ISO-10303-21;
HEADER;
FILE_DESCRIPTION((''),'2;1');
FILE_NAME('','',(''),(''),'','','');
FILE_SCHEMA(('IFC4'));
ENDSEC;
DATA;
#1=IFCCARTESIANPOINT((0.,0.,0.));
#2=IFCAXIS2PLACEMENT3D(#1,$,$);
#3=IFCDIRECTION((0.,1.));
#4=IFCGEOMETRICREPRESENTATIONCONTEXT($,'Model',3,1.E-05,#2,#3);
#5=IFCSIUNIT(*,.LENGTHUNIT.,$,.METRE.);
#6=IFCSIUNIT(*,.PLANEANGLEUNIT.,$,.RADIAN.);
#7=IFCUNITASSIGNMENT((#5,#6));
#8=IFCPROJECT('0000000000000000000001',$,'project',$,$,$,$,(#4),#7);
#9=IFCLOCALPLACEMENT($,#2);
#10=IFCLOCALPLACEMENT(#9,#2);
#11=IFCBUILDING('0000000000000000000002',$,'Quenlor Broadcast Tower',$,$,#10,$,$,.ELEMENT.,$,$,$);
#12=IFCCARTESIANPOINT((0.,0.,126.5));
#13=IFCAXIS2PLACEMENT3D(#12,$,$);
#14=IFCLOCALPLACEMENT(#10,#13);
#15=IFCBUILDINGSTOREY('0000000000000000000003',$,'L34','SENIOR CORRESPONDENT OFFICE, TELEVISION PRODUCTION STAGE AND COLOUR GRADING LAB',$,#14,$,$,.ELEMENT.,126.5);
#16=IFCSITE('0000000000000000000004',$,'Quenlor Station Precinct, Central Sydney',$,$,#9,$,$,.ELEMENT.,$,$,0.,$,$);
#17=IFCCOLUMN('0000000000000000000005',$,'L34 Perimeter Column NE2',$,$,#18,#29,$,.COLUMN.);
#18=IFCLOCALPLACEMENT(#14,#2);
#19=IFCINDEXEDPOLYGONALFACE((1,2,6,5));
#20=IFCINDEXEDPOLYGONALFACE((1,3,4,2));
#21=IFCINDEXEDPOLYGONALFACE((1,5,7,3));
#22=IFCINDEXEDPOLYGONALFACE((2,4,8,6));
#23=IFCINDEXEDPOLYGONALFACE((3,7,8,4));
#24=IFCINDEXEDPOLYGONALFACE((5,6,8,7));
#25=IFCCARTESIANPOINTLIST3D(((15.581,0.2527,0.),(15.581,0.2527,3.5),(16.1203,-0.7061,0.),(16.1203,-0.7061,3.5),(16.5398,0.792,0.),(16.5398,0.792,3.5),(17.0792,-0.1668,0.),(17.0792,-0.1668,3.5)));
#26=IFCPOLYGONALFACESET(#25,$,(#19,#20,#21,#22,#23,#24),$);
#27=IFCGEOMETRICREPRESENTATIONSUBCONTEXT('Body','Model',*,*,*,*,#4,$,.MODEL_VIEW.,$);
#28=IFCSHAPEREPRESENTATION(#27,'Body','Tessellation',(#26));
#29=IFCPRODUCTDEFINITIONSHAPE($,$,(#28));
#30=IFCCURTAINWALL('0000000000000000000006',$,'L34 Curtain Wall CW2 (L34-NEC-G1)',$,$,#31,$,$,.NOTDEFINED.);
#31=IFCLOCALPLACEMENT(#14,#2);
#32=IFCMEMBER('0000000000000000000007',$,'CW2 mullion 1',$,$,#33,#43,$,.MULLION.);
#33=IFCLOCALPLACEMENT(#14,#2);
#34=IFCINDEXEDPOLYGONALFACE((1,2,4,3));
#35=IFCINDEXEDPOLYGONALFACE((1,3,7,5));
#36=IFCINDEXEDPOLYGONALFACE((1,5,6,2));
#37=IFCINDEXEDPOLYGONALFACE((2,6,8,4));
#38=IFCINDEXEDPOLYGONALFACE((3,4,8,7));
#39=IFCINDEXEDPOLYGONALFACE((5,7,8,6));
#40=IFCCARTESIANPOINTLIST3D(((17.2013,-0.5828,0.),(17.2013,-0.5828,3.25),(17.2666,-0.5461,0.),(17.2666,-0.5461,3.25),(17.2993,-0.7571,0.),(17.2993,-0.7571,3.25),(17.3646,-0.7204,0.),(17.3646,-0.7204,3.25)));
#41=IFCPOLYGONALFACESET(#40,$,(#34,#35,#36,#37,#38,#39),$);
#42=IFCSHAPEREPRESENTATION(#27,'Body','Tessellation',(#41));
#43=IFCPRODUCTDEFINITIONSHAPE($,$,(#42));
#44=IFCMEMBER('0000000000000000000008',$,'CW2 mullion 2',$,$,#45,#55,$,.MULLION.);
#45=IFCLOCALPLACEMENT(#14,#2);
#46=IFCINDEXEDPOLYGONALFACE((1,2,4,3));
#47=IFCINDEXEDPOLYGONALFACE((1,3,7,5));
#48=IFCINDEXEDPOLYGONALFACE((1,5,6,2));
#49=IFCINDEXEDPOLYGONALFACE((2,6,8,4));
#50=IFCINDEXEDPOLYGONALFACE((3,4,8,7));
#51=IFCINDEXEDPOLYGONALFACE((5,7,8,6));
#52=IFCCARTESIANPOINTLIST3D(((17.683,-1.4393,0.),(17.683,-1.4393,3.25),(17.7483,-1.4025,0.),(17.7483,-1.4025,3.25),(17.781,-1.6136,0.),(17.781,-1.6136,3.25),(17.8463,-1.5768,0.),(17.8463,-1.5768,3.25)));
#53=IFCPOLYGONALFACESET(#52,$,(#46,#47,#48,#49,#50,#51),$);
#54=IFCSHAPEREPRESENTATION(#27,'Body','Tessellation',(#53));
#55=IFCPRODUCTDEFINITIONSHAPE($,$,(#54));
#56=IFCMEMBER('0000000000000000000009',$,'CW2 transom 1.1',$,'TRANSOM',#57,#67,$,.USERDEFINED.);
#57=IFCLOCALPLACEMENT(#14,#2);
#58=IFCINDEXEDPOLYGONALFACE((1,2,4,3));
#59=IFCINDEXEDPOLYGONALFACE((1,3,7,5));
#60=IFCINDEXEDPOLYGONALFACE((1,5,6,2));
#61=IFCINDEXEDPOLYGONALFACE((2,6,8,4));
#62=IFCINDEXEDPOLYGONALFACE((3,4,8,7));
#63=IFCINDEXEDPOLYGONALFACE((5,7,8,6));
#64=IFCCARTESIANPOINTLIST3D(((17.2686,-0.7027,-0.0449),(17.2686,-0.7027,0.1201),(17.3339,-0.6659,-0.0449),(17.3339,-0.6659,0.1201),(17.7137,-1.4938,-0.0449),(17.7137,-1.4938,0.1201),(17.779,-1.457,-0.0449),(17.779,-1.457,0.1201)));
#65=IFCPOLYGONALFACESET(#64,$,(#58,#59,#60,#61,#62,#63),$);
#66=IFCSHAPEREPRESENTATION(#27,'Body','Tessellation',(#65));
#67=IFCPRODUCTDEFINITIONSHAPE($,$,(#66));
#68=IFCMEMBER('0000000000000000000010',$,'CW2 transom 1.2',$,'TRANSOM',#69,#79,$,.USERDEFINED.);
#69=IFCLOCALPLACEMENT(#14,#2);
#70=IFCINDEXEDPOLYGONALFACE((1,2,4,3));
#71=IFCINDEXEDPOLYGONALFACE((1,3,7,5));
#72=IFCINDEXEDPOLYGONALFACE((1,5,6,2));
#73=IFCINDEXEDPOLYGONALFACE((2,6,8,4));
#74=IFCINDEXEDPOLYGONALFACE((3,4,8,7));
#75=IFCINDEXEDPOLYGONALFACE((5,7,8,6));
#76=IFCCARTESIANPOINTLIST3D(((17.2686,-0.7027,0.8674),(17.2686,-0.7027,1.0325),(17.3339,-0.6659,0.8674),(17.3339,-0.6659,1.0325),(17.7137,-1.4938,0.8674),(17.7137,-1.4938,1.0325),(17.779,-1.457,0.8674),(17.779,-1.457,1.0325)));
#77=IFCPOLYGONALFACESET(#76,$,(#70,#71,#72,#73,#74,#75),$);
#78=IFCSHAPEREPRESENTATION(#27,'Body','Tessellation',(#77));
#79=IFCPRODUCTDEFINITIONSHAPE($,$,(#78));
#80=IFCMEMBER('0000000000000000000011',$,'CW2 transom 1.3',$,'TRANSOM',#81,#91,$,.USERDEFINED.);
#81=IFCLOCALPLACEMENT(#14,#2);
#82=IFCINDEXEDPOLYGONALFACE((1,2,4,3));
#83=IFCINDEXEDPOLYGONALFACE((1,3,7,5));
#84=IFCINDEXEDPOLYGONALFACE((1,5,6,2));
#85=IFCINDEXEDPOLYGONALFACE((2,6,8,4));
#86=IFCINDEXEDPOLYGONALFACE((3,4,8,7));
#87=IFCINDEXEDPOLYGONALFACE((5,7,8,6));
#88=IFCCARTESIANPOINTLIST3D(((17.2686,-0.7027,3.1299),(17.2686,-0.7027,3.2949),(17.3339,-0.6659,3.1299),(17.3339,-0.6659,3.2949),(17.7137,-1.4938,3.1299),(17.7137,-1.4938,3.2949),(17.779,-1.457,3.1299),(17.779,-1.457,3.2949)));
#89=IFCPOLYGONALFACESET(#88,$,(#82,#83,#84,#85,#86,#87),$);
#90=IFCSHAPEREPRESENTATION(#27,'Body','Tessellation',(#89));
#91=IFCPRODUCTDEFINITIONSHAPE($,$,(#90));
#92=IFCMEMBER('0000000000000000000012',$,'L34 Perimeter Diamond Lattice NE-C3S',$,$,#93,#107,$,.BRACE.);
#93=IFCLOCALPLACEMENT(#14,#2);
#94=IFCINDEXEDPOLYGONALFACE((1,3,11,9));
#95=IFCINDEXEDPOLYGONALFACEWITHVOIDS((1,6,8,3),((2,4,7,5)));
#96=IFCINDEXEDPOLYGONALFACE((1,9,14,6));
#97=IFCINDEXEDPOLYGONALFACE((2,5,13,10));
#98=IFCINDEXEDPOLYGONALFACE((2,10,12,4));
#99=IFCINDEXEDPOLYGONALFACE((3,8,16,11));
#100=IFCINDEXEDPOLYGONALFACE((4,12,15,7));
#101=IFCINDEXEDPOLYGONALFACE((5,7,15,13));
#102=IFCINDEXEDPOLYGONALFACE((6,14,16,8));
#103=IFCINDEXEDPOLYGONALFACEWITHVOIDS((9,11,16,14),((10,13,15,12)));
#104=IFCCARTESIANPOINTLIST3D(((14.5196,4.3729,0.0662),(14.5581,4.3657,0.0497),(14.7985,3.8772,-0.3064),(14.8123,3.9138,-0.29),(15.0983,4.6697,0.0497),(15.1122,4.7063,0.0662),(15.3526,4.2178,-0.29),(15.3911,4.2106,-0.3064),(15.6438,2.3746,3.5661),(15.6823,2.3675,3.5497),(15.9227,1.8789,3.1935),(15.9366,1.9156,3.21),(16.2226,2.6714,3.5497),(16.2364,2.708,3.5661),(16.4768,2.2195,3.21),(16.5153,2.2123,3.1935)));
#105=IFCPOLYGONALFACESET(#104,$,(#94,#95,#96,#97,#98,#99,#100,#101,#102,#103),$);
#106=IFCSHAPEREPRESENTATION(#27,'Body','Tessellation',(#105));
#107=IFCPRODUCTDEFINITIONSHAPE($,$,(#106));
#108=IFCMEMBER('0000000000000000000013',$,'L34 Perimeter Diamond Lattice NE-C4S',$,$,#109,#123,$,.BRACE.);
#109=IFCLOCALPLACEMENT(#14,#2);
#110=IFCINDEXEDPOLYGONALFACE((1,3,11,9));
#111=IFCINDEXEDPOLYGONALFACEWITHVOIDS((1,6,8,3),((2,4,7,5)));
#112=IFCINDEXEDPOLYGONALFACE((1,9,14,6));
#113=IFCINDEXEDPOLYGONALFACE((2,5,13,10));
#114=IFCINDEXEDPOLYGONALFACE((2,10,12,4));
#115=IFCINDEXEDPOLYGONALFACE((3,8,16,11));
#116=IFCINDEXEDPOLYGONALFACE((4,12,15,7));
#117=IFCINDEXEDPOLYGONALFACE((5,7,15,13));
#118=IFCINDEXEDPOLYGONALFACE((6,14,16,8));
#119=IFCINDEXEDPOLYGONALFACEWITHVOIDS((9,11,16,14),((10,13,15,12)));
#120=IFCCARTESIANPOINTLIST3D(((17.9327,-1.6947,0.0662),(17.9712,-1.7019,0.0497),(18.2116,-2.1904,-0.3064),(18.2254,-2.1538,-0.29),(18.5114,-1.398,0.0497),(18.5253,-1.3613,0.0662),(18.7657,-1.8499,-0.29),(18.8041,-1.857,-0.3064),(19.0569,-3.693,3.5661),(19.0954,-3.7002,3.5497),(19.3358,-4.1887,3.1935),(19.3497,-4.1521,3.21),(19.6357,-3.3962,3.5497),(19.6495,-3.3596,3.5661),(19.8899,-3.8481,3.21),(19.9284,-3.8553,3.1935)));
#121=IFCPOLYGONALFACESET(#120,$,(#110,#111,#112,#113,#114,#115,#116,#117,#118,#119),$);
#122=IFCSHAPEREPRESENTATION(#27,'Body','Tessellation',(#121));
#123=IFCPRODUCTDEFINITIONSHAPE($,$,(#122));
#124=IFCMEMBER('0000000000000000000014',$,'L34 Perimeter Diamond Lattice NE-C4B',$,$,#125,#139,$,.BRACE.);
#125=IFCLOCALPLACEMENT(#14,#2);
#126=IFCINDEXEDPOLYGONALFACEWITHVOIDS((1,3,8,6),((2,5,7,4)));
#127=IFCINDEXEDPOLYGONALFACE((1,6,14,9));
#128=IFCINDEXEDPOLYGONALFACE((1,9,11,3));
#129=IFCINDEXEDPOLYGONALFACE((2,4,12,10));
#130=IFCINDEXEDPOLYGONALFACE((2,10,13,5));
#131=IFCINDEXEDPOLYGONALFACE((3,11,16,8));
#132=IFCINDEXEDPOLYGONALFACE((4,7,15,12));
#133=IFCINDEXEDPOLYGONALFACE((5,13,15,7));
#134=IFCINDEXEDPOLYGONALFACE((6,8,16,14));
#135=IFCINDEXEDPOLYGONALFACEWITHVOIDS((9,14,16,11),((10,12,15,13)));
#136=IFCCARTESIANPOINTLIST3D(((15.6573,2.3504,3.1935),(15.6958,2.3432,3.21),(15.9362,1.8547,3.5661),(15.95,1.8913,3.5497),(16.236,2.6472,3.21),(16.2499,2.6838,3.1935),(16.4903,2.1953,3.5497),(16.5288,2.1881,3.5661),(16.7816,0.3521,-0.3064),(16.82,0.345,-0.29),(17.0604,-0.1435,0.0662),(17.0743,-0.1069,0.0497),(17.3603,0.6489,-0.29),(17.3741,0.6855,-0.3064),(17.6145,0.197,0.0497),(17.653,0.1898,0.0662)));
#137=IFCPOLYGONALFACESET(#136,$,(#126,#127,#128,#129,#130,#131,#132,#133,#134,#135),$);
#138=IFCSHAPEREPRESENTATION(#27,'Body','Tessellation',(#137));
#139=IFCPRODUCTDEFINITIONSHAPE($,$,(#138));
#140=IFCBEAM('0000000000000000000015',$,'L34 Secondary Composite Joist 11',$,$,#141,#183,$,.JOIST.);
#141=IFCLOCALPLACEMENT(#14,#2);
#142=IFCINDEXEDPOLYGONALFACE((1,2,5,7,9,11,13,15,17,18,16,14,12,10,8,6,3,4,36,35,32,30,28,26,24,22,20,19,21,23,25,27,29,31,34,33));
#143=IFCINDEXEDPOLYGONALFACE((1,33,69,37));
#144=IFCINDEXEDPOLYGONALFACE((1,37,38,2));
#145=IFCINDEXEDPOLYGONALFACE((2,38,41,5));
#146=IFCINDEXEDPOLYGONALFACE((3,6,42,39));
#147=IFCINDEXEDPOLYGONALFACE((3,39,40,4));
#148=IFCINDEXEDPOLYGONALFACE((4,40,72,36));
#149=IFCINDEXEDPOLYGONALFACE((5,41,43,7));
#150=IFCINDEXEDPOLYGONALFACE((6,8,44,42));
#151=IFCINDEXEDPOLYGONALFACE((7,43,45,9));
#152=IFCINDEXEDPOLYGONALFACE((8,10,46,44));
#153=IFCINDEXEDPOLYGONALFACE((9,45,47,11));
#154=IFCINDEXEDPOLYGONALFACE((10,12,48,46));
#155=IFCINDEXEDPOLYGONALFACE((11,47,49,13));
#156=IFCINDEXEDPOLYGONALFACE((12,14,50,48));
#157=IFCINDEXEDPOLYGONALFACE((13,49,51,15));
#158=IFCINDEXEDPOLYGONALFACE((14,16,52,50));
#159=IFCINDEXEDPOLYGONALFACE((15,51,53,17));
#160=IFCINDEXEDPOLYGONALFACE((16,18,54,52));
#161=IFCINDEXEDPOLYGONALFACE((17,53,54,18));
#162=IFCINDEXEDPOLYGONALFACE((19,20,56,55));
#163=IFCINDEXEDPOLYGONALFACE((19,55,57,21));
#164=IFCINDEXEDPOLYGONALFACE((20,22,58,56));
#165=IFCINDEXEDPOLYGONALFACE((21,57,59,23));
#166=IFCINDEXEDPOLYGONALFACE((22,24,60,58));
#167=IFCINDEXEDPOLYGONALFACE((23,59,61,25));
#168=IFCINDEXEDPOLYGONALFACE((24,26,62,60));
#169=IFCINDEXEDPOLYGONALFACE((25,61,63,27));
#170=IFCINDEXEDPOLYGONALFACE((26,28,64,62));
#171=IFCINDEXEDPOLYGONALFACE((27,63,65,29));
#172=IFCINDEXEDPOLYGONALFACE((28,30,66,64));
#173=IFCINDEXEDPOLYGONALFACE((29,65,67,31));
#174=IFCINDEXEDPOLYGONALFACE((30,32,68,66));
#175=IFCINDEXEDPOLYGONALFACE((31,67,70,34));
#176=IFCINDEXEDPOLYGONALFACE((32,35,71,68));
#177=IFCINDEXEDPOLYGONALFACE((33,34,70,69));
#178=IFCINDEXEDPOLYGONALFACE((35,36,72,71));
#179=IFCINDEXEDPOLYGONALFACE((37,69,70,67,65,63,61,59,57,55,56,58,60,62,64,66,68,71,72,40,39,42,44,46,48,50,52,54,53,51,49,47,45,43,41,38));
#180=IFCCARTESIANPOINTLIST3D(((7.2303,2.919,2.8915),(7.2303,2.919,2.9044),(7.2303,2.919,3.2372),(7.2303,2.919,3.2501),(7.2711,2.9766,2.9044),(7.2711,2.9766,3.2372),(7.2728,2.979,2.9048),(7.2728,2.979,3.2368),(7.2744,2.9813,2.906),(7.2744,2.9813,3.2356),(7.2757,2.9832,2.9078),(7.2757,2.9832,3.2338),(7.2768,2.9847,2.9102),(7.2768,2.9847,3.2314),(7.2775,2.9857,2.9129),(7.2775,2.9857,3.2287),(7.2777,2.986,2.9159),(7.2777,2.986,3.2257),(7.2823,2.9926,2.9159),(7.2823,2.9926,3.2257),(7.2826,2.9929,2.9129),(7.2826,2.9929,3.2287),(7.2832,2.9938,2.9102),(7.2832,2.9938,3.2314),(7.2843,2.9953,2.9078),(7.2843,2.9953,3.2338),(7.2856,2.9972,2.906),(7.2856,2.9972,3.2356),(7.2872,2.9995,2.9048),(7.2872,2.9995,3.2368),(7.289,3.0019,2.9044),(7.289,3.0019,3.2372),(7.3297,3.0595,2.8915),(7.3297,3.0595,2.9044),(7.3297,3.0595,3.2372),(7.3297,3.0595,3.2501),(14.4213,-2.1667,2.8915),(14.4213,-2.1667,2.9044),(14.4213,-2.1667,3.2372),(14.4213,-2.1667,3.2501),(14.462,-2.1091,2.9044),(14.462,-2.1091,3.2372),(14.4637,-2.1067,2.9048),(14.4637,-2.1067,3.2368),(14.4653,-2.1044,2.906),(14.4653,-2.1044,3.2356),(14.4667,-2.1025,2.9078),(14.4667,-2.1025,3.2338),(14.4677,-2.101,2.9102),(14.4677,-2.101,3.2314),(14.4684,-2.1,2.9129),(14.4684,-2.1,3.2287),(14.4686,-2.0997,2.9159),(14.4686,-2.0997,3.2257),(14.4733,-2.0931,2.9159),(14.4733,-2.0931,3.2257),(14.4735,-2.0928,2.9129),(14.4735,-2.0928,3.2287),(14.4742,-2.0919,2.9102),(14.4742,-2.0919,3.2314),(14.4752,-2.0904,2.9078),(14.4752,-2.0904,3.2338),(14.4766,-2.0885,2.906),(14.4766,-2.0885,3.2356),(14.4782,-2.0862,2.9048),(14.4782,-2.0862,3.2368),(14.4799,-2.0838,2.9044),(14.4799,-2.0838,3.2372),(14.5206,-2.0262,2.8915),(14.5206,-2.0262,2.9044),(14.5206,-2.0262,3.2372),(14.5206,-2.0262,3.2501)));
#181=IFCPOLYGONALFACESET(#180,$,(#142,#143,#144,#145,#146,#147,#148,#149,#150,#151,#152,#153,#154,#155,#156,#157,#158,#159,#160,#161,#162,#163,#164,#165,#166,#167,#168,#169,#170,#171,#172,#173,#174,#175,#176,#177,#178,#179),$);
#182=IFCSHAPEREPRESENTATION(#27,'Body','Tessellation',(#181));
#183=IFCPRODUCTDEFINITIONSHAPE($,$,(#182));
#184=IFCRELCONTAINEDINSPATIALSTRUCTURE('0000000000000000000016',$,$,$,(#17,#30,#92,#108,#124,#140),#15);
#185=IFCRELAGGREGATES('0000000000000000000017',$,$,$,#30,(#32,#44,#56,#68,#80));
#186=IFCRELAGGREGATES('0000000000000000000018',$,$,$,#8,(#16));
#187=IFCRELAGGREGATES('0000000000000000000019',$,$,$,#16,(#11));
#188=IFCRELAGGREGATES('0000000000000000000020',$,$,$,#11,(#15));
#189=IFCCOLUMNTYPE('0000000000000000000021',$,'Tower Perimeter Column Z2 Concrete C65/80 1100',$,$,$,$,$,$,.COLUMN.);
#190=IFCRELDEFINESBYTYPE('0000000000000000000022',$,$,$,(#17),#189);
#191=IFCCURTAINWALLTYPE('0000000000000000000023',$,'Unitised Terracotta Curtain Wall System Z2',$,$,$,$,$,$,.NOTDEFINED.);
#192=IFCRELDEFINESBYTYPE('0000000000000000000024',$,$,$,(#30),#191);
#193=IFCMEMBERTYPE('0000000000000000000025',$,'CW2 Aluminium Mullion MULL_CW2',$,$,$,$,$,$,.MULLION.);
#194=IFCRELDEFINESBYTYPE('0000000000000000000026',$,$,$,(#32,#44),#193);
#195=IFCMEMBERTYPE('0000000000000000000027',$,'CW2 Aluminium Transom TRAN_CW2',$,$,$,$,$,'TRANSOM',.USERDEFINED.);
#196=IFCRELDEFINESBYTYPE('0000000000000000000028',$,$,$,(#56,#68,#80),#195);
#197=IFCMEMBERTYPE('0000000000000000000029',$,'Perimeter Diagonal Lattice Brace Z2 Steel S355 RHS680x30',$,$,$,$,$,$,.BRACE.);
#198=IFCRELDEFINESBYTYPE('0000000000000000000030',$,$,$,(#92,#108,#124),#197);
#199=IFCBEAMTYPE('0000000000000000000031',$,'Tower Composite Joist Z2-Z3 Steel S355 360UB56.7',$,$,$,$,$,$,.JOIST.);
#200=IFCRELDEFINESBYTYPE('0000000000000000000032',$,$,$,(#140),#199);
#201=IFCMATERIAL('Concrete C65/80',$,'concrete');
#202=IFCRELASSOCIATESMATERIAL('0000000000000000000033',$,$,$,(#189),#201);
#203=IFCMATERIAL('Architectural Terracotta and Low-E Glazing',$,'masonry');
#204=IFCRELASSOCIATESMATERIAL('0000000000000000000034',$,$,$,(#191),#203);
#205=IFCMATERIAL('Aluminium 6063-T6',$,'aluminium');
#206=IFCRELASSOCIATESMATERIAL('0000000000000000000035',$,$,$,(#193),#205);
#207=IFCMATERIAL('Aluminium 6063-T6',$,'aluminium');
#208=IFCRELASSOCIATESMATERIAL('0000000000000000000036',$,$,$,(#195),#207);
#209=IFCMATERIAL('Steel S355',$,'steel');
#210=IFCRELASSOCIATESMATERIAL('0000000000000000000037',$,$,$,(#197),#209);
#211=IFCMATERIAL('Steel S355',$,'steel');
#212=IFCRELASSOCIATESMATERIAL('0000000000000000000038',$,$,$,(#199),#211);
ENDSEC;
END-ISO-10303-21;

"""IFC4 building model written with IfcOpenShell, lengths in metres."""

from ifc_helpers import new_model, si_unit, direction, frame, origin, origin_2d, place, context, subcontext, project, spatial, rectangle, hollow_rectangle, i_section, extrude, material, material_profile, profile_set, type_object, element, aggregate, save


model = new_model("IFC4")

# Units and contexts
model_context = context("Model", 3, precision=1e-05, world=origin(), true_north=direction((0.0, 1.0)))
body_context = subcontext(model_context, "Body", "Model", "MODEL_VIEW")
ifc_project = project(units=[si_unit("LENGTHUNIT", "METRE"), si_unit("PLANEANGLEUNIT", "RADIAN")], contexts=[model_context])

# Site, building, storey
site_placement = place(None, origin())
site = spatial("IfcSite", under=ifc_project, at=site_placement, Name="Quenlor Station Precinct, Central Sydney", CompositionType="ELEMENT", RefElevation=0.0)
building_placement = place(site_placement, origin())
building = spatial("IfcBuilding", under=site, at=building_placement, Name="Quenlor Broadcast Tower", CompositionType="ELEMENT")
storey_placement = place(building_placement, frame((0.0, 0.0, 126.5)))
storey = spatial("IfcBuildingStorey", under=building, at=storey_placement, Name="L34", Description="SENIOR CORRESPONDENT OFFICE, TELEVISION PRODUCTION STAGE AND COLOUR GRADING LAB", CompositionType="ELEMENT", Elevation=126.5)

# Column
ifc_material_1 = material(Name="Concrete C65/80", Category="concrete")
ifc_material_profile_1 = material_profile(ifc_material_1, rectangle(XDim=1.1001, YDim=1.1001, at=origin_2d()))
ifc_profile_set_1 = profile_set([ifc_material_profile_1], Name="Concrete C65/80 RC1100x1100")
column_type = type_object("IfcColumnType", Name="Tower Perimeter Column Z2 Concrete C65/80 1100", PredefinedType="COLUMN", material=ifc_profile_set_1)
column_placement = place(storey_placement, frame((16.3301, 0.043, 0.0), z_axis=(0.0, 0.0, 1.0), x_axis=(0.871575, 0.490262, 0.0)))
element("IfcColumn", 1, at=column_placement, inside=storey, type_object=column_type, Name="L34 Perimeter Column NE2", PredefinedType="COLUMN", context=body_context, shape_type="SweptSolid", body=[
    extrude(rectangle(XDim=1.1001, YDim=1.1001, at=origin_2d()), origin(), (0.0, 0.0, 1.0), 3.5),
])

# Curtain wall, members
ifc_material_2 = material(Name="Architectural Terracotta and Low-E Glazing", Category="masonry")
curtain_wall_type = type_object("IfcCurtainWallType", Name="Unitised Terracotta Curtain Wall System Z2", PredefinedType="NOTDEFINED", material=ifc_material_2)
curtain_wall_placement = place(storey_placement, origin())
curtain_wall = element("IfcCurtainWall", 2, at=curtain_wall_placement, inside=storey, type_object=curtain_wall_type, Name="L34 Curtain Wall CW2 (L34-NEC-G1)", PredefinedType="NOTDEFINED")
ifc_material_3 = material(Name="Aluminium 6063-T6", Category="aluminium")
ifc_material_profile_2 = material_profile(ifc_material_3, rectangle(XDim=0.075, YDim=0.2, at=origin_2d()))
ifc_profile_set_2 = profile_set([ifc_material_profile_2], Name="Aluminium 6063-T6 MULL75x200")
member_type_1 = type_object("IfcMemberType", Name="CW2 Aluminium Mullion MULL_CW2", PredefinedType="MULLION", material=ifc_profile_set_2)
member_1_placement = place(storey_placement, frame((17.283, -0.6516, 0.0), z_axis=(0.0, 0.0, 1.0), x_axis=(0.871581, 0.490252, 0.0)))
member_1 = element("IfcMember", 3, at=member_1_placement, type_object=member_type_1, Name="CW2 mullion 1", PredefinedType="MULLION", context=body_context, shape_type="SweptSolid", body=[
    extrude(rectangle(XDim=0.075, YDim=0.2, at=origin_2d()), origin(), (0.0, 0.0, 1.0), 3.25),
])
member_2_placement = place(storey_placement, frame((17.7646, -1.5081, 0.0), z_axis=(0.0, 0.0, 1.0), x_axis=(0.871581, 0.490252, 0.0)))
member_2 = element("IfcMember", 4, at=member_2_placement, type_object=member_type_1, Name="CW2 mullion 2", PredefinedType="MULLION", context=body_context, shape_type="SweptSolid", body=[
    extrude(rectangle(XDim=0.075, YDim=0.2, at=origin_2d()), origin(), (0.0, 0.0, 1.0), 3.25),
])
ifc_material_4 = material(Name="Aluminium 6063-T6", Category="aluminium")
ifc_material_profile_3 = material_profile(ifc_material_4, rectangle(XDim=0.075, YDim=0.165, at=origin_2d()))
ifc_profile_set_3 = profile_set([ifc_material_profile_3], Name="Aluminium 6063-T6 TRAN75x165")
member_type_2 = type_object("IfcMemberType", Name="CW2 Aluminium Transom TRAN_CW2", ElementType="TRANSOM", PredefinedType="USERDEFINED", material=ifc_profile_set_3)
member_3_placement = place(storey_placement, frame((17.3013, -0.6843, 0.0376), z_axis=(0.490363, -0.871518, 0.0), x_axis=(0.871518, 0.490363, 0.0)))
member_3 = element("IfcMember", 5, at=member_3_placement, type_object=member_type_2, Name="CW2 transom 1.1", ObjectType="TRANSOM", PredefinedType="USERDEFINED", context=body_context, shape_type="SweptSolid", body=[
    extrude(rectangle(XDim=0.075, YDim=0.165, at=origin_2d()), origin(), (0.0, 0.0, 1.0), 0.9077),
])
member_4_placement = place(storey_placement, frame((17.3013, -0.6843, 0.95), z_axis=(0.490363, -0.871518, 0.0), x_axis=(0.871518, 0.490363, 0.0)))
member_4 = element("IfcMember", 6, at=member_4_placement, type_object=member_type_2, Name="CW2 transom 1.2", ObjectType="TRANSOM", PredefinedType="USERDEFINED", context=body_context, shape_type="SweptSolid", body=[
    extrude(rectangle(XDim=0.075, YDim=0.165, at=origin_2d()), origin(), (0.0, 0.0, 1.0), 0.9077),
])
member_5_placement = place(storey_placement, frame((17.3013, -0.6843, 3.2124), z_axis=(0.490363, -0.871518, 0.0), x_axis=(0.871518, 0.490363, 0.0)))
member_5 = element("IfcMember", 7, at=member_5_placement, type_object=member_type_2, Name="CW2 transom 1.3", ObjectType="TRANSOM", PredefinedType="USERDEFINED", context=body_context, shape_type="SweptSolid", body=[
    extrude(rectangle(XDim=0.075, YDim=0.165, at=origin_2d()), origin(), (0.0, 0.0, 1.0), 0.9077),
])

# Members
ifc_material_5 = material(Name="Steel S355", Category="steel")
ifc_material_profile_4 = material_profile(ifc_material_5, hollow_rectangle(XDim=0.6799, YDim=0.6799, WallThickness=0.03, at=origin_2d()))
ifc_profile_set_4 = profile_set([ifc_material_profile_4], Name="Steel S355 RHS680x680x30")
member_type_3 = type_object("IfcMemberType", Name="Perimeter Diagonal Lattice Brace Z2 Steel S355 RHS680x30", PredefinedType="BRACE", material=ifc_profile_set_4)
for number, where, z_axis, x_axis, name in (
    (8, (14.9553, 4.2917, -0.1201), (0.268697, -0.477585, 0.836489), (0.871533, 0.490337, 0.0), "L34 Perimeter Diamond Lattice NE-C3S"),
    (9, (18.3684, -1.7759, -0.1201), (0.268697, -0.477585, 0.836489), (0.871533, 0.490337, 0.0), "L34 Perimeter Diamond Lattice NE-C4S"),
    (10, (17.2173, 0.271, -0.1201), (-0.268697, 0.477585, 0.836489), (-0.871533, -0.490337, 0.0), "L34 Perimeter Diamond Lattice NE-C4B"),
):
    element("IfcMember", number, at=place(storey_placement, frame(where, z_axis=z_axis, x_axis=x_axis)), inside=storey, type_object=member_type_3, Name=name, PredefinedType="BRACE", context=body_context, shape_type="SweptSolid", body=[
        extrude(hollow_rectangle(XDim=0.6799, YDim=0.6799, WallThickness=0.03, at=origin_2d()), origin(), (0.0, 0.0, 1.0), 4.1841),
    ])

# Beam
ifc_material_6 = material(Name="Steel S355", Category="steel")
ifc_material_profile_5 = material_profile(ifc_material_6, i_section(OverallWidth=0.1721, OverallDepth=0.3586, WebThickness=0.0081, FlangeThickness=0.0129, FilletRadius=0.0115, at=origin_2d()))
ifc_profile_set_5 = profile_set([ifc_material_profile_5], Name="Steel S355 360UB56.7")
beam_type_1 = type_object("IfcBeamType", Name="Tower Composite Joist Z2-Z3 Steel S355 360UB56.7", PredefinedType="JOIST", material=ifc_profile_set_5)
beam_1_placement = place(storey_placement, frame((14.4709, -2.0964, 3.0708), z_axis=(-0.816446, 0.577422, 0.0), x_axis=(-0.577422, -0.816446, 0.0)))
element("IfcBeam", 11, at=beam_1_placement, inside=storey, type_object=beam_type_1, Name="L34 Secondary Composite Joist 11", PredefinedType="JOIST", context=body_context, shape_type="SweptSolid", body=[
    extrude(i_section(OverallWidth=0.1721, OverallDepth=0.3586, WebThickness=0.0081, FlangeThickness=0.0129, FilletRadius=0.0115, at=origin_2d()), origin(), (0.0, 0.0, 1.0), 8.8076),
])

aggregate(curtain_wall, [member_1, member_2, member_3, member_4, member_5])

save(model, "model.ifc")
